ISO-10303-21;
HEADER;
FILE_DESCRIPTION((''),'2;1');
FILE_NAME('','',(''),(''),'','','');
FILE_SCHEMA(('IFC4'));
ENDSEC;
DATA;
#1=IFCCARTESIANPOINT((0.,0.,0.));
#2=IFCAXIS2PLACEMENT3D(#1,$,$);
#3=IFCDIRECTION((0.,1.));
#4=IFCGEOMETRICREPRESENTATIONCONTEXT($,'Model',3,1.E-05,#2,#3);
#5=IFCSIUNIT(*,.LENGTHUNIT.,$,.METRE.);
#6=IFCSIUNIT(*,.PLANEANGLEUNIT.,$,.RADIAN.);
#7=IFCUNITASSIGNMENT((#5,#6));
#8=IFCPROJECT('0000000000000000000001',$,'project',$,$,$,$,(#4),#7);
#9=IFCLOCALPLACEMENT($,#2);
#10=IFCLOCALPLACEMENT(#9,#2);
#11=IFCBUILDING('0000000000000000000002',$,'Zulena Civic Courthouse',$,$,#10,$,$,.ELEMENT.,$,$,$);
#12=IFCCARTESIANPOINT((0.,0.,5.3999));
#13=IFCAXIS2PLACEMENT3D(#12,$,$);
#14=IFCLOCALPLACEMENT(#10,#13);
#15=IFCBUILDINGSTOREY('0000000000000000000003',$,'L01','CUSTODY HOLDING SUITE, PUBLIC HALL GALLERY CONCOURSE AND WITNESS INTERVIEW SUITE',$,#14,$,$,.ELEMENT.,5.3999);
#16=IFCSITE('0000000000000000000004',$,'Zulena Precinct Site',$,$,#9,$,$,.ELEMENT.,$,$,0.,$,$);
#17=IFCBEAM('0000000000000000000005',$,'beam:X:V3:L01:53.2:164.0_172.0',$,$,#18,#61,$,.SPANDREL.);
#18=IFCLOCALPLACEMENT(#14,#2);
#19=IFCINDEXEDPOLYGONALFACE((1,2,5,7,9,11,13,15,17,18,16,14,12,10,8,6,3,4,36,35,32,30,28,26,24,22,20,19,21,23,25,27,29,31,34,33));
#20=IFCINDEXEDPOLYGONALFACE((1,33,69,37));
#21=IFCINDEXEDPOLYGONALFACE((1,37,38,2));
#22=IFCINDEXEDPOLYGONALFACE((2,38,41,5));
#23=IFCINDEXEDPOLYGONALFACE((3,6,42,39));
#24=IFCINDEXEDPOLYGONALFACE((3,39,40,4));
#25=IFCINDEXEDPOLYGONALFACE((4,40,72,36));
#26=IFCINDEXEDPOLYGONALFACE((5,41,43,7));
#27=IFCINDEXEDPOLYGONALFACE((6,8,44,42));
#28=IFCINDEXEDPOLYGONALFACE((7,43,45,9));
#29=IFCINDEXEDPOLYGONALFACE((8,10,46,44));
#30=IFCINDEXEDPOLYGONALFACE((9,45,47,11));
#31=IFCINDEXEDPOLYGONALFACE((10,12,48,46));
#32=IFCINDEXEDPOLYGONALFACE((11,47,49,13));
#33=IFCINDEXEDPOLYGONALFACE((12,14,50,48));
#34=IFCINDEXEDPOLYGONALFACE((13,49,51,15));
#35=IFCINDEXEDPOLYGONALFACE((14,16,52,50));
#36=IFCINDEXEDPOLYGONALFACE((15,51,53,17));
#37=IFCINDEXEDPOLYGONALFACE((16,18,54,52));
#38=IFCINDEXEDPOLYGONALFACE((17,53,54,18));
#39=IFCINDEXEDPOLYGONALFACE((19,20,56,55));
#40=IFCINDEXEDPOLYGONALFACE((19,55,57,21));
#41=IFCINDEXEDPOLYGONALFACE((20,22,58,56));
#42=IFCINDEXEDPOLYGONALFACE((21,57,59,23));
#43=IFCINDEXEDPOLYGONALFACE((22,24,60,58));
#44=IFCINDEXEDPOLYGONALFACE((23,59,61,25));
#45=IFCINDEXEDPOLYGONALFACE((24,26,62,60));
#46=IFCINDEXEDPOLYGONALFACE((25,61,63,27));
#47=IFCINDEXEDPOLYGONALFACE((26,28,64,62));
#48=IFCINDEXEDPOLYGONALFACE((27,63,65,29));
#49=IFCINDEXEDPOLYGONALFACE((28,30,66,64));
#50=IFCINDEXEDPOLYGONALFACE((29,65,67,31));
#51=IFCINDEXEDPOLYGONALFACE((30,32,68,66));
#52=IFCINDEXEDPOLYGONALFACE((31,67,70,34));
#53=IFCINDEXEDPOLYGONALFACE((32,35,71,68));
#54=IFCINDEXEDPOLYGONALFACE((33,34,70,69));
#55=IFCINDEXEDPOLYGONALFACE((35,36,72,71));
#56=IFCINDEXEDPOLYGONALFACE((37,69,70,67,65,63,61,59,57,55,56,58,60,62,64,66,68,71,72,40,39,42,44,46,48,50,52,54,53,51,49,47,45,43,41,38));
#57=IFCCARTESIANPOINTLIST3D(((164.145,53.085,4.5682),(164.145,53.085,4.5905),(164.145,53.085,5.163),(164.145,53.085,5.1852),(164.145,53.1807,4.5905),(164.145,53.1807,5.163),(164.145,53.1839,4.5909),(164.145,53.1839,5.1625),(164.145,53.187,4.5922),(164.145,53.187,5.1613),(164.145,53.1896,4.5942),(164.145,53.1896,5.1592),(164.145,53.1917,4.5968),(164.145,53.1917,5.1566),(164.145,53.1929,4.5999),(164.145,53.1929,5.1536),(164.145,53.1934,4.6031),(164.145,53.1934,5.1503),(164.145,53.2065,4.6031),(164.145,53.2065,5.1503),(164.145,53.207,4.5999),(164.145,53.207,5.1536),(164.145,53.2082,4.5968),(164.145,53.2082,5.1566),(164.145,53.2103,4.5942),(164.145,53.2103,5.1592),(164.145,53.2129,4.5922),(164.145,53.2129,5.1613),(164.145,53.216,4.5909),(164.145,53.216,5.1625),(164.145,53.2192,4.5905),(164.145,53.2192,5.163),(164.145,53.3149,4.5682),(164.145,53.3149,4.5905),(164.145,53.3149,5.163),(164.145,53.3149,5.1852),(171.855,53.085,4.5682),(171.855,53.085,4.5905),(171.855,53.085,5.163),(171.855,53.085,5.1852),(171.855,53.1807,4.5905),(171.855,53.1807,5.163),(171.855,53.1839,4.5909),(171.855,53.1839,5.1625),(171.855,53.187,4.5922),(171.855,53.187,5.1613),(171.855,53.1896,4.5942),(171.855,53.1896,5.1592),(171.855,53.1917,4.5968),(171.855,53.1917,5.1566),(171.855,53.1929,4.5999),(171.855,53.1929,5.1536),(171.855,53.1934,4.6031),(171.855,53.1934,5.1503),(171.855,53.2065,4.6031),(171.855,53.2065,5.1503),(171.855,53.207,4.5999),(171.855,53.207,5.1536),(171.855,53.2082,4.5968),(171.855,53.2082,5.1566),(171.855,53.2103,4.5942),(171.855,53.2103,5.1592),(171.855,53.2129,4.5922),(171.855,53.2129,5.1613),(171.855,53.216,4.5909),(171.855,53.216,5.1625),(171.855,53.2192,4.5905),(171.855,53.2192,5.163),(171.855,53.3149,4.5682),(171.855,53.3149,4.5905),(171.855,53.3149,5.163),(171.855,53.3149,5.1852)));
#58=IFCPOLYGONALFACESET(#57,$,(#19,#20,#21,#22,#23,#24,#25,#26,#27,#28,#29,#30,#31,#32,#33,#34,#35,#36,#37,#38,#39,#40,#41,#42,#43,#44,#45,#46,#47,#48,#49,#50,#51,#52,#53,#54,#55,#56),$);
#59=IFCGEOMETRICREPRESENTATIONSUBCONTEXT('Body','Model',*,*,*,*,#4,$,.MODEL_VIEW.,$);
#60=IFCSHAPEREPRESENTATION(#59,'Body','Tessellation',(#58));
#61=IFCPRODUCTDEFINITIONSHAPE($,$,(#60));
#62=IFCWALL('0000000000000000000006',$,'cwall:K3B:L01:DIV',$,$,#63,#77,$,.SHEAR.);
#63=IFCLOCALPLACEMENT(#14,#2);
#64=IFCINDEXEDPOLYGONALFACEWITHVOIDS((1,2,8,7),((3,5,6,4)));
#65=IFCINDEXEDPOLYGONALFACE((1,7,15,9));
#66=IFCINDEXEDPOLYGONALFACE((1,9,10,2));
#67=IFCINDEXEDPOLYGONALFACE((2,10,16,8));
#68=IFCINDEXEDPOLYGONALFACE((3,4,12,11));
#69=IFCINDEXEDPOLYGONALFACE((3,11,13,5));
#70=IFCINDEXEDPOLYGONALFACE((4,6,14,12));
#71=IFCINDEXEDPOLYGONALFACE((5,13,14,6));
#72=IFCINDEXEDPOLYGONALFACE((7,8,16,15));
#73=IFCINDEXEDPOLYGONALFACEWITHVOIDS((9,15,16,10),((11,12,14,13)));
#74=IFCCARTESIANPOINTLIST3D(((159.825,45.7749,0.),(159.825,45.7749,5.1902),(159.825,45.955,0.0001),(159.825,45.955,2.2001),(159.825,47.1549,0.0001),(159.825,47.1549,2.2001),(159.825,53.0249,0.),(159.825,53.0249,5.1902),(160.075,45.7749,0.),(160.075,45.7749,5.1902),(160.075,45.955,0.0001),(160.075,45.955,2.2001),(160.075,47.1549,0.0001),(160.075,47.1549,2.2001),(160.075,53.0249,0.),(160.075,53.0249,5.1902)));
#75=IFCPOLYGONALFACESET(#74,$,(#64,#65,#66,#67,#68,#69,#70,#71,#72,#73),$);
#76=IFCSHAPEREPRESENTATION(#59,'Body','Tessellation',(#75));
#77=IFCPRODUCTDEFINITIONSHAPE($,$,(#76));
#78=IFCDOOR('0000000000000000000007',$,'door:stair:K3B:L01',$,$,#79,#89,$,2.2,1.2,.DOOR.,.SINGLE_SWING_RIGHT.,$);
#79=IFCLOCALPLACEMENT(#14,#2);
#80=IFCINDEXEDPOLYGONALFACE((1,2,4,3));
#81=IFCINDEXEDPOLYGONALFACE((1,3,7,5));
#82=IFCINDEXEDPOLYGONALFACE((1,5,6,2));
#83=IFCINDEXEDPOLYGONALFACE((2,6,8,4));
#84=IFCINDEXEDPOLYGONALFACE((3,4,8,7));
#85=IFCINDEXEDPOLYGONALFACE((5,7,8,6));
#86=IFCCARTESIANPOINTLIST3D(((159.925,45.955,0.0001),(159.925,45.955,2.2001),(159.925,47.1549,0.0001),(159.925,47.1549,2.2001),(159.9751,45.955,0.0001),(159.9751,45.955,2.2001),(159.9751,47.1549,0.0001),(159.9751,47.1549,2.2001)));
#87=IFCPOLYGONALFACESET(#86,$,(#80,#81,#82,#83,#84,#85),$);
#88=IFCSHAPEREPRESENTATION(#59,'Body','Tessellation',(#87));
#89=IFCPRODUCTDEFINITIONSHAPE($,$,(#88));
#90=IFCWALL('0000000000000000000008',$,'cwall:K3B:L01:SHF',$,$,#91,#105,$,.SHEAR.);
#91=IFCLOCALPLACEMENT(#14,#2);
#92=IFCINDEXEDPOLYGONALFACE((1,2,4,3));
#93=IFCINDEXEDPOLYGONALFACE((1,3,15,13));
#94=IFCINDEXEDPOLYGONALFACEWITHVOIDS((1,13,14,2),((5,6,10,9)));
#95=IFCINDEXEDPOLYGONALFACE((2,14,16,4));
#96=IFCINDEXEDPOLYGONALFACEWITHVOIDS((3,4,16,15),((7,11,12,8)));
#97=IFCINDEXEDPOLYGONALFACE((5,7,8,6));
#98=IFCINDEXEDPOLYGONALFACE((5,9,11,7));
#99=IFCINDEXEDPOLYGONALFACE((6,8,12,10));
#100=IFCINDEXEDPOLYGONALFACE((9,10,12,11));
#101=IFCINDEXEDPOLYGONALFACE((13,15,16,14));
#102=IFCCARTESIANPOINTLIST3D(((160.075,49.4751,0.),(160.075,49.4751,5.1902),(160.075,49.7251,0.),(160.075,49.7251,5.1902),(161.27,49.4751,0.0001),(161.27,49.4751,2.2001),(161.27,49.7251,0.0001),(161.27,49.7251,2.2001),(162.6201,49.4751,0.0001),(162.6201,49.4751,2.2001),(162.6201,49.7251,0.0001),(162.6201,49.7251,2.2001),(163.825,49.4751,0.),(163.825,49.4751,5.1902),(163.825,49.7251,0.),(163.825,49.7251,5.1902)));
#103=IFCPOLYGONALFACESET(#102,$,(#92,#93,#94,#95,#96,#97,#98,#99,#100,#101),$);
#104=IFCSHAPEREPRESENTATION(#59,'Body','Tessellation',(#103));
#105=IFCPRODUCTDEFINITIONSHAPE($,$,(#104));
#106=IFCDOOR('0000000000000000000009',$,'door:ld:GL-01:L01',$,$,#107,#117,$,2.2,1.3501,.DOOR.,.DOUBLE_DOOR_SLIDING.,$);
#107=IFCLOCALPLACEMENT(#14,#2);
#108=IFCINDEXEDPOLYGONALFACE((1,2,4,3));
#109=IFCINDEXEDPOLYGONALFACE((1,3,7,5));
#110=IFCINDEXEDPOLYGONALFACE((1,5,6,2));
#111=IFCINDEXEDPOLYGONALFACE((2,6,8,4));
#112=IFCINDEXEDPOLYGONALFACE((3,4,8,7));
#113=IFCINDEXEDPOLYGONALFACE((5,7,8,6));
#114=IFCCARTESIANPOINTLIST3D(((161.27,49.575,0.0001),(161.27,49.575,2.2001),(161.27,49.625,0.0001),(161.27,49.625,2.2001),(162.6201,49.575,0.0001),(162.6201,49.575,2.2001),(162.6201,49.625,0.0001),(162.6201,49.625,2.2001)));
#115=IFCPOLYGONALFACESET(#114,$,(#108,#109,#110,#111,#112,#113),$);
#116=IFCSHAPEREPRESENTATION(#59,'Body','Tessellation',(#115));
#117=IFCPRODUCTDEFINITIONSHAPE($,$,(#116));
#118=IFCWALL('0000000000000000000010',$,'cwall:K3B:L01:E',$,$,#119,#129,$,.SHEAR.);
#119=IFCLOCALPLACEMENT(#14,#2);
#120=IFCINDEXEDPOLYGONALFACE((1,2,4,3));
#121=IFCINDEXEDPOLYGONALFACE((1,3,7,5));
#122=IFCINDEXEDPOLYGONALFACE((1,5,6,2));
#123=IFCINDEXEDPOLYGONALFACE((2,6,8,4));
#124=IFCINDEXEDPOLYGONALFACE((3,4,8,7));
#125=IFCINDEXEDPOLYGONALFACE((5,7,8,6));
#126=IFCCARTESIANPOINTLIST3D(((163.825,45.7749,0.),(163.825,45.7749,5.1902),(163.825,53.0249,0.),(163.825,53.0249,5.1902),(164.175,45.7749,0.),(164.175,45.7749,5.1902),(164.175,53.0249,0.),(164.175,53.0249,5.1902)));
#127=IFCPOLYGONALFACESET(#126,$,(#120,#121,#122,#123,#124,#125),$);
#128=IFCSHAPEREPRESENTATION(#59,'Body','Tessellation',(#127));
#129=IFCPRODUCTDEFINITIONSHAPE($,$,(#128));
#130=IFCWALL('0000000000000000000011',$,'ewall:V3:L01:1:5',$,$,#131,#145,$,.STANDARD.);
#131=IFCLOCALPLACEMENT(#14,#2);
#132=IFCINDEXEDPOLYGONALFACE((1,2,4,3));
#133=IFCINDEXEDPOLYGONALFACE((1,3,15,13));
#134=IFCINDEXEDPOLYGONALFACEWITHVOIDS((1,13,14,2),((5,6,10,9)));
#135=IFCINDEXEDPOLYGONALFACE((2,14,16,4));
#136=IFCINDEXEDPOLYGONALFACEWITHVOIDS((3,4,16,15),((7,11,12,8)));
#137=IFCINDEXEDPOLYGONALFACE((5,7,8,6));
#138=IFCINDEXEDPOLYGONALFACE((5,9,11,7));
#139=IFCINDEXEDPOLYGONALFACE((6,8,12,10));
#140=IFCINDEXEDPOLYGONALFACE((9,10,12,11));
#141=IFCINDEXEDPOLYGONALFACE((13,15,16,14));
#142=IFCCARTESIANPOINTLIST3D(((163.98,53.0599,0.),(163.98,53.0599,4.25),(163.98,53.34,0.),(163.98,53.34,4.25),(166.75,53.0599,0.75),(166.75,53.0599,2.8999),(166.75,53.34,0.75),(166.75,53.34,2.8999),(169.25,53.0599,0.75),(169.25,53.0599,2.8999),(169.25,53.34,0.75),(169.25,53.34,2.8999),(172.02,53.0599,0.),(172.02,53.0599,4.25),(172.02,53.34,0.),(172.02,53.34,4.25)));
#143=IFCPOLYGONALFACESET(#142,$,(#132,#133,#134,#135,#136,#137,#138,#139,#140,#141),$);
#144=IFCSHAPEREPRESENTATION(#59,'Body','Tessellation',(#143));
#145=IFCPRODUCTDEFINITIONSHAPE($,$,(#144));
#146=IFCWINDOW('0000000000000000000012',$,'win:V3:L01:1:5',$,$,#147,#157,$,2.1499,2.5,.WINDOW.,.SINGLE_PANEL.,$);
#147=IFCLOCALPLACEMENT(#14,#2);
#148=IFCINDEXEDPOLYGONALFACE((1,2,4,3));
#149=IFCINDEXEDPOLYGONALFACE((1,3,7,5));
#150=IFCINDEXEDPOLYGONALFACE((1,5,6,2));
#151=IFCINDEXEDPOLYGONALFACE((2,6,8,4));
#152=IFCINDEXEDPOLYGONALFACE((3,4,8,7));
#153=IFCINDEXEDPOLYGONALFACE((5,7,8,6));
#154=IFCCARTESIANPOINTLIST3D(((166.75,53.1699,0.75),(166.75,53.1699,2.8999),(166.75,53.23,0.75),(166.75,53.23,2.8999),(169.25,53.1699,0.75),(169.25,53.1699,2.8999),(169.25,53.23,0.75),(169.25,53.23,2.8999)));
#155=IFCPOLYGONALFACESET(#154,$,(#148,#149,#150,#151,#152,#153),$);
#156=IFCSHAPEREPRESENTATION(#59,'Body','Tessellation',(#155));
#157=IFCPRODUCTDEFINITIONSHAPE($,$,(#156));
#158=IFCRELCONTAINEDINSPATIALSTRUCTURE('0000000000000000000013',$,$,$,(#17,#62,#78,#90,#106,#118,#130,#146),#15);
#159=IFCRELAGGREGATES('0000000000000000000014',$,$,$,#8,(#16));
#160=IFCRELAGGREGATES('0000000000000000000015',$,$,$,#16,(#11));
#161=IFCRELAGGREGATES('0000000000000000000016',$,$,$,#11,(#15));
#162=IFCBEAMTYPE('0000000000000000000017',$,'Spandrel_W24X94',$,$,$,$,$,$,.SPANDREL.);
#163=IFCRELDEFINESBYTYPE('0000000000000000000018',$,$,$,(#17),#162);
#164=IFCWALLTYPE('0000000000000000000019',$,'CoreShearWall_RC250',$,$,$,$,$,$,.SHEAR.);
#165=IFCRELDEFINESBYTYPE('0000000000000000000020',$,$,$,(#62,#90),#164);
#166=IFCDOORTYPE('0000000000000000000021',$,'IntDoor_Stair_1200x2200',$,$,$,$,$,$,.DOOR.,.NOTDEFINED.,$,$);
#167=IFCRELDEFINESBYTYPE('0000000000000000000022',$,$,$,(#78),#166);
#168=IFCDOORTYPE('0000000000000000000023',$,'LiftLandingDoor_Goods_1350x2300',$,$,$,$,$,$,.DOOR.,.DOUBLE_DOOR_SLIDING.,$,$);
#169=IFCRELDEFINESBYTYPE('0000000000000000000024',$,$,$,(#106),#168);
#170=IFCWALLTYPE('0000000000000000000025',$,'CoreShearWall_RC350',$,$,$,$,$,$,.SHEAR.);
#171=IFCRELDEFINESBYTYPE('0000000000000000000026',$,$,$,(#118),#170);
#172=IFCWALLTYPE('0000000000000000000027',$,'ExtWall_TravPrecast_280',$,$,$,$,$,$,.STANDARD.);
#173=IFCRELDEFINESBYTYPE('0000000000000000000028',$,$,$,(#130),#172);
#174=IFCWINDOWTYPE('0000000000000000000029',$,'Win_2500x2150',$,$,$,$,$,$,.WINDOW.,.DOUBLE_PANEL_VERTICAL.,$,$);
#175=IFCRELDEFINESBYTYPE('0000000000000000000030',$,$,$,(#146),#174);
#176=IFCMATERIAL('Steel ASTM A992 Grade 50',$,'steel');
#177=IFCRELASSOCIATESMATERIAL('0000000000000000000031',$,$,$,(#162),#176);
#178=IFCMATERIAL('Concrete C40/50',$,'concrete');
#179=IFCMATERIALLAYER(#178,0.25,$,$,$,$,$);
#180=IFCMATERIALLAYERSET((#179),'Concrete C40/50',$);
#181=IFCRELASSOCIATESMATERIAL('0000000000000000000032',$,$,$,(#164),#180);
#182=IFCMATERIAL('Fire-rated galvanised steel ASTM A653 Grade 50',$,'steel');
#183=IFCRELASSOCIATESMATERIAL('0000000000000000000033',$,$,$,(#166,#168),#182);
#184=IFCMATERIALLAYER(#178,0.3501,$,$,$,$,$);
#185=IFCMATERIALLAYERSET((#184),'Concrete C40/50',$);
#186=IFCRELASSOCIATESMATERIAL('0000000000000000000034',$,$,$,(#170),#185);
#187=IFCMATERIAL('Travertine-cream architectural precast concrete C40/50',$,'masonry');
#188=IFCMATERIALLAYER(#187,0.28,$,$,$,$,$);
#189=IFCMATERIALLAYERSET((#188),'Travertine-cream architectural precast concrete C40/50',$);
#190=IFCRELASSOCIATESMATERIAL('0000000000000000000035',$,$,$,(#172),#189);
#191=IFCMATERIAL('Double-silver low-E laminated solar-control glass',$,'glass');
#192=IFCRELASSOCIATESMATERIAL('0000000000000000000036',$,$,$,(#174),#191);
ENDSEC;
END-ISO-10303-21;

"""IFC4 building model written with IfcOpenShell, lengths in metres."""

from ifc_helpers import new_model, si_unit, direction, frame, frame_2d, origin, origin_2d, place, context, subcontext, project, spatial, rectangle, i_section, extrude, material, layer, layer_set, material_profile, profile_set, type_object, element, fill, save


model = new_model("IFC4")

# Units and contexts
model_context = context("Model", 3, precision=1e-05, world=origin(), true_north=direction((0.0, 1.0)))
body_context = subcontext(model_context, "Body", "Model", "MODEL_VIEW")
ifc_project = project(units=[si_unit("LENGTHUNIT", "METRE"), si_unit("PLANEANGLEUNIT", "RADIAN")], contexts=[model_context])

# Site, building, storey
site_placement = place(None, origin())
site = spatial("IfcSite", under=ifc_project, at=site_placement, Name="Zulena Precinct Site", CompositionType="ELEMENT", RefElevation=0.0)
building_placement = place(site_placement, origin())
building = spatial("IfcBuilding", under=site, at=building_placement, Name="Zulena Civic Courthouse", CompositionType="ELEMENT")
storey_placement = place(building_placement, frame((0.0, 0.0, 5.3999)))
storey = spatial("IfcBuildingStorey", under=building, at=storey_placement, Name="L01", Description="CUSTODY HOLDING SUITE, PUBLIC HALL GALLERY CONCOURSE AND WITNESS INTERVIEW SUITE", CompositionType="ELEMENT", Elevation=5.3999)

# Shared definitions
ifc_material_1 = material(Name="Steel ASTM A992 Grade 50", Category="steel")

# Beam
ifc_material_profile_1 = material_profile(ifc_material_1, i_section(OverallWidth=0.23, OverallDepth=0.6169, WebThickness=0.0132, FlangeThickness=0.0222, FilletRadius=0.0127, at=origin_2d()), Name="W24X94")
ifc_profile_set_1 = profile_set([ifc_material_profile_1], Name="Steel ASTM A992 Grade 50")
beam_type_1 = type_object("IfcBeamType", Name="Spandrel_W24X94", PredefinedType="SPANDREL", material=ifc_profile_set_1)
beam_1_placement = place(storey_placement, frame((164.145, 53.2, 4.8767), z_axis=(1.0, 0.0, 0.0), x_axis=(0.0, 1.0, 0.0)))
element("IfcBeam", 1, at=beam_1_placement, inside=storey, type_object=beam_type_1, Name="beam:X:V3:L01:53.2:164.0_172.0", PredefinedType="SPANDREL", context=body_context, shape_type="SweptSolid", body=[
    extrude(i_section(OverallWidth=0.23, OverallDepth=0.6169, WebThickness=0.0132, FlangeThickness=0.0222, FilletRadius=0.0127, at=origin_2d()), origin(), (0.0, 0.0, 1.0), 7.71),
])

# Walls, openings, doors
ifc_material_2 = material(Name="Concrete C40/50", Category="concrete")
ifc_layer_1 = layer(ifc_material_2, 0.25)
ifc_layer_set_1 = layer_set([ifc_layer_1], Name="Concrete C40/50")
wall_type_1 = type_object("IfcWallType", Name="CoreShearWall_RC250", PredefinedType="SHEAR", material=ifc_layer_set_1)
wall_1_placement = place(storey_placement, frame((159.95, 45.7749, 0.0), z_axis=(0.0, 0.0, 1.0), x_axis=(0.0, 1.0, 0.0)))
wall_1 = element("IfcWall", 2, at=wall_1_placement, inside=storey, type_object=wall_type_1, Name="cwall:K3B:L01:DIV", PredefinedType="SHEAR", context=body_context, shape_type="SweptSolid", body=[
    extrude(rectangle(XDim=7.25, YDim=0.25, at=frame_2d((3.625, 0.0))), origin(), (0.0, 0.0, 1.0), 5.1902),
])
opening_1_placement = place(wall_1_placement, frame((0.1799, 0.0, 0.0)))
opening_1 = element("IfcOpeningElement", 3, at=opening_1_placement, cuts=wall_1, PredefinedType="OPENING", context=body_context, shape_type="SweptSolid", body=[
    extrude(rectangle(XDim=1.2, YDim=2.2, at=frame_2d((0.6001, 1.1001))), frame((0.0, 0.135, 0.0), z_axis=(0.0, -1.0, 0.0), x_axis=(1.0, 0.0, 0.0)), (0.0, 0.0, 1.0), 0.27),
])
ifc_material_3 = material(Name="Fire-rated galvanised steel ASTM A653 Grade 50", Category="steel")
door_type_1 = type_object("IfcDoorType", Name="IntDoor_Stair_1200x2200", OperationType="NOTDEFINED", PredefinedType="DOOR", material=ifc_material_3)
door_1_placement = place(opening_1_placement, origin())
door_1 = element("IfcDoor", 4, at=door_1_placement, inside=storey, type_object=door_type_1, Name="door:stair:K3B:L01", OperationType="SINGLE_SWING_RIGHT", OverallHeight=2.2, OverallWidth=1.2, PredefinedType="DOOR", context=body_context, shape_type="SweptSolid", body=[
    extrude(rectangle(XDim=1.2, YDim=2.2, at=frame_2d((0.6001, 1.1001))), frame((0.0, 0.0249, 0.0), z_axis=(0.0, -1.0, 0.0), x_axis=(1.0, 0.0, 0.0)), (0.0, 0.0, 1.0), 0.05),
])
fill(opening_1, door_1)
wall_2_placement = place(storey_placement, frame((160.075, 49.6001, 0.0), z_axis=(0.0, 0.0, 1.0), x_axis=(1.0, 0.0, 0.0)))
wall_2 = element("IfcWall", 5, at=wall_2_placement, inside=storey, type_object=wall_type_1, Name="cwall:K3B:L01:SHF", PredefinedType="SHEAR", context=body_context, shape_type="SweptSolid", body=[
    extrude(rectangle(XDim=3.75, YDim=0.25, at=frame_2d((1.875, 0.0))), origin(), (0.0, 0.0, 1.0), 5.1902),
])
opening_2_placement = place(wall_2_placement, frame((1.1951, 0.0, 0.0)))
opening_2 = element("IfcOpeningElement", 6, at=opening_2_placement, cuts=wall_2, PredefinedType="OPENING", context=body_context, shape_type="SweptSolid", body=[
    extrude(rectangle(XDim=1.3501, YDim=2.2, at=frame_2d((0.675, 1.1001))), frame((0.0, 0.135, 0.0), z_axis=(0.0, -1.0, 0.0), x_axis=(1.0, 0.0, 0.0)), (0.0, 0.0, 1.0), 0.27),
])
door_type_2 = type_object("IfcDoorType", Name="LiftLandingDoor_Goods_1350x2300", OperationType="DOUBLE_DOOR_SLIDING", PredefinedType="DOOR", material=ifc_material_3)
door_2_placement = place(opening_2_placement, origin())
door_2 = element("IfcDoor", 7, at=door_2_placement, inside=storey, type_object=door_type_2, Name="door:ld:GL-01:L01", OperationType="DOUBLE_DOOR_SLIDING", OverallHeight=2.2, OverallWidth=1.3501, PredefinedType="DOOR", context=body_context, shape_type="SweptSolid", body=[
    extrude(rectangle(XDim=1.3501, YDim=2.2, at=frame_2d((0.675, 1.1001))), frame((0.0, 0.0249, 0.0), z_axis=(0.0, -1.0, 0.0), x_axis=(1.0, 0.0, 0.0)), (0.0, 0.0, 1.0), 0.05),
])
fill(opening_2, door_2)

# Wall
ifc_layer_2 = layer(ifc_material_2, 0.3501)
ifc_layer_set_2 = layer_set([ifc_layer_2], Name="Concrete C40/50")
wall_type_2 = type_object("IfcWallType", Name="CoreShearWall_RC350", PredefinedType="SHEAR", material=ifc_layer_set_2)
wall_3_placement = place(storey_placement, frame((164.0, 45.7749, 0.0), z_axis=(0.0, 0.0, 1.0), x_axis=(0.0, 1.0, 0.0)))
element("IfcWall", 8, at=wall_3_placement, inside=storey, type_object=wall_type_2, Name="cwall:K3B:L01:E", PredefinedType="SHEAR", context=body_context, shape_type="SweptSolid", body=[
    extrude(rectangle(XDim=7.25, YDim=0.3501, at=frame_2d((3.625, 0.0))), origin(), (0.0, 0.0, 1.0), 5.1902),
])

# Wall, opening, window
ifc_material_4 = material(Name="Travertine-cream architectural precast concrete C40/50", Category="masonry")
ifc_layer_3 = layer(ifc_material_4, 0.28)
ifc_layer_set_3 = layer_set([ifc_layer_3], Name="Travertine-cream architectural precast concrete C40/50")
wall_type_3 = type_object("IfcWallType", Name="ExtWall_TravPrecast_280", PredefinedType="STANDARD", material=ifc_layer_set_3)
wall_4_placement = place(storey_placement, frame((163.98, 53.2, 0.0), z_axis=(0.0, 0.0, 1.0), x_axis=(1.0, 0.0, 0.0)))
wall_4 = element("IfcWall", 9, at=wall_4_placement, inside=storey, type_object=wall_type_3, Name="ewall:V3:L01:1:5", PredefinedType="STANDARD", context=body_context, shape_type="SweptSolid", body=[
    extrude(rectangle(XDim=8.04, YDim=0.28, at=frame_2d((4.02, 0.0))), origin(), (0.0, 0.0, 1.0), 4.25),
])
opening_3_placement = place(wall_4_placement, frame((2.77, 0.0, 0.75)))
opening_3 = element("IfcOpeningElement", 10, at=opening_3_placement, cuts=wall_4, PredefinedType="OPENING", context=body_context, shape_type="SweptSolid", body=[
    extrude(rectangle(XDim=2.5, YDim=2.1499, at=frame_2d((1.25, 1.075))), frame((0.0, 0.1499, 0.0), z_axis=(0.0, -1.0, 0.0), x_axis=(1.0, 0.0, 0.0)), (0.0, 0.0, 1.0), 0.3),
])
ifc_material_5 = material(Name="Double-silver low-E laminated solar-control glass", Category="glass")
window_type_1 = type_object("IfcWindowType", Name="Win_2500x2150", PartitioningType="DOUBLE_PANEL_VERTICAL", PredefinedType="WINDOW", material=ifc_material_5)
window_1_placement = place(opening_3_placement, origin())
window_1 = element("IfcWindow", 11, at=window_1_placement, inside=storey, type_object=window_type_1, Name="win:V3:L01:1:5", OverallHeight=2.1499, OverallWidth=2.5, PartitioningType="SINGLE_PANEL", PredefinedType="WINDOW", context=body_context, shape_type="SweptSolid", body=[
    extrude(rectangle(XDim=2.5, YDim=2.1499, at=frame_2d((1.25, 1.075))), frame((0.0, 0.03, 0.0), z_axis=(0.0, -1.0, 0.0), x_axis=(1.0, 0.0, 0.0)), (0.0, 0.0, 1.0), 0.0601),
])
fill(opening_3, window_1)

save(model, "model.ifc")
